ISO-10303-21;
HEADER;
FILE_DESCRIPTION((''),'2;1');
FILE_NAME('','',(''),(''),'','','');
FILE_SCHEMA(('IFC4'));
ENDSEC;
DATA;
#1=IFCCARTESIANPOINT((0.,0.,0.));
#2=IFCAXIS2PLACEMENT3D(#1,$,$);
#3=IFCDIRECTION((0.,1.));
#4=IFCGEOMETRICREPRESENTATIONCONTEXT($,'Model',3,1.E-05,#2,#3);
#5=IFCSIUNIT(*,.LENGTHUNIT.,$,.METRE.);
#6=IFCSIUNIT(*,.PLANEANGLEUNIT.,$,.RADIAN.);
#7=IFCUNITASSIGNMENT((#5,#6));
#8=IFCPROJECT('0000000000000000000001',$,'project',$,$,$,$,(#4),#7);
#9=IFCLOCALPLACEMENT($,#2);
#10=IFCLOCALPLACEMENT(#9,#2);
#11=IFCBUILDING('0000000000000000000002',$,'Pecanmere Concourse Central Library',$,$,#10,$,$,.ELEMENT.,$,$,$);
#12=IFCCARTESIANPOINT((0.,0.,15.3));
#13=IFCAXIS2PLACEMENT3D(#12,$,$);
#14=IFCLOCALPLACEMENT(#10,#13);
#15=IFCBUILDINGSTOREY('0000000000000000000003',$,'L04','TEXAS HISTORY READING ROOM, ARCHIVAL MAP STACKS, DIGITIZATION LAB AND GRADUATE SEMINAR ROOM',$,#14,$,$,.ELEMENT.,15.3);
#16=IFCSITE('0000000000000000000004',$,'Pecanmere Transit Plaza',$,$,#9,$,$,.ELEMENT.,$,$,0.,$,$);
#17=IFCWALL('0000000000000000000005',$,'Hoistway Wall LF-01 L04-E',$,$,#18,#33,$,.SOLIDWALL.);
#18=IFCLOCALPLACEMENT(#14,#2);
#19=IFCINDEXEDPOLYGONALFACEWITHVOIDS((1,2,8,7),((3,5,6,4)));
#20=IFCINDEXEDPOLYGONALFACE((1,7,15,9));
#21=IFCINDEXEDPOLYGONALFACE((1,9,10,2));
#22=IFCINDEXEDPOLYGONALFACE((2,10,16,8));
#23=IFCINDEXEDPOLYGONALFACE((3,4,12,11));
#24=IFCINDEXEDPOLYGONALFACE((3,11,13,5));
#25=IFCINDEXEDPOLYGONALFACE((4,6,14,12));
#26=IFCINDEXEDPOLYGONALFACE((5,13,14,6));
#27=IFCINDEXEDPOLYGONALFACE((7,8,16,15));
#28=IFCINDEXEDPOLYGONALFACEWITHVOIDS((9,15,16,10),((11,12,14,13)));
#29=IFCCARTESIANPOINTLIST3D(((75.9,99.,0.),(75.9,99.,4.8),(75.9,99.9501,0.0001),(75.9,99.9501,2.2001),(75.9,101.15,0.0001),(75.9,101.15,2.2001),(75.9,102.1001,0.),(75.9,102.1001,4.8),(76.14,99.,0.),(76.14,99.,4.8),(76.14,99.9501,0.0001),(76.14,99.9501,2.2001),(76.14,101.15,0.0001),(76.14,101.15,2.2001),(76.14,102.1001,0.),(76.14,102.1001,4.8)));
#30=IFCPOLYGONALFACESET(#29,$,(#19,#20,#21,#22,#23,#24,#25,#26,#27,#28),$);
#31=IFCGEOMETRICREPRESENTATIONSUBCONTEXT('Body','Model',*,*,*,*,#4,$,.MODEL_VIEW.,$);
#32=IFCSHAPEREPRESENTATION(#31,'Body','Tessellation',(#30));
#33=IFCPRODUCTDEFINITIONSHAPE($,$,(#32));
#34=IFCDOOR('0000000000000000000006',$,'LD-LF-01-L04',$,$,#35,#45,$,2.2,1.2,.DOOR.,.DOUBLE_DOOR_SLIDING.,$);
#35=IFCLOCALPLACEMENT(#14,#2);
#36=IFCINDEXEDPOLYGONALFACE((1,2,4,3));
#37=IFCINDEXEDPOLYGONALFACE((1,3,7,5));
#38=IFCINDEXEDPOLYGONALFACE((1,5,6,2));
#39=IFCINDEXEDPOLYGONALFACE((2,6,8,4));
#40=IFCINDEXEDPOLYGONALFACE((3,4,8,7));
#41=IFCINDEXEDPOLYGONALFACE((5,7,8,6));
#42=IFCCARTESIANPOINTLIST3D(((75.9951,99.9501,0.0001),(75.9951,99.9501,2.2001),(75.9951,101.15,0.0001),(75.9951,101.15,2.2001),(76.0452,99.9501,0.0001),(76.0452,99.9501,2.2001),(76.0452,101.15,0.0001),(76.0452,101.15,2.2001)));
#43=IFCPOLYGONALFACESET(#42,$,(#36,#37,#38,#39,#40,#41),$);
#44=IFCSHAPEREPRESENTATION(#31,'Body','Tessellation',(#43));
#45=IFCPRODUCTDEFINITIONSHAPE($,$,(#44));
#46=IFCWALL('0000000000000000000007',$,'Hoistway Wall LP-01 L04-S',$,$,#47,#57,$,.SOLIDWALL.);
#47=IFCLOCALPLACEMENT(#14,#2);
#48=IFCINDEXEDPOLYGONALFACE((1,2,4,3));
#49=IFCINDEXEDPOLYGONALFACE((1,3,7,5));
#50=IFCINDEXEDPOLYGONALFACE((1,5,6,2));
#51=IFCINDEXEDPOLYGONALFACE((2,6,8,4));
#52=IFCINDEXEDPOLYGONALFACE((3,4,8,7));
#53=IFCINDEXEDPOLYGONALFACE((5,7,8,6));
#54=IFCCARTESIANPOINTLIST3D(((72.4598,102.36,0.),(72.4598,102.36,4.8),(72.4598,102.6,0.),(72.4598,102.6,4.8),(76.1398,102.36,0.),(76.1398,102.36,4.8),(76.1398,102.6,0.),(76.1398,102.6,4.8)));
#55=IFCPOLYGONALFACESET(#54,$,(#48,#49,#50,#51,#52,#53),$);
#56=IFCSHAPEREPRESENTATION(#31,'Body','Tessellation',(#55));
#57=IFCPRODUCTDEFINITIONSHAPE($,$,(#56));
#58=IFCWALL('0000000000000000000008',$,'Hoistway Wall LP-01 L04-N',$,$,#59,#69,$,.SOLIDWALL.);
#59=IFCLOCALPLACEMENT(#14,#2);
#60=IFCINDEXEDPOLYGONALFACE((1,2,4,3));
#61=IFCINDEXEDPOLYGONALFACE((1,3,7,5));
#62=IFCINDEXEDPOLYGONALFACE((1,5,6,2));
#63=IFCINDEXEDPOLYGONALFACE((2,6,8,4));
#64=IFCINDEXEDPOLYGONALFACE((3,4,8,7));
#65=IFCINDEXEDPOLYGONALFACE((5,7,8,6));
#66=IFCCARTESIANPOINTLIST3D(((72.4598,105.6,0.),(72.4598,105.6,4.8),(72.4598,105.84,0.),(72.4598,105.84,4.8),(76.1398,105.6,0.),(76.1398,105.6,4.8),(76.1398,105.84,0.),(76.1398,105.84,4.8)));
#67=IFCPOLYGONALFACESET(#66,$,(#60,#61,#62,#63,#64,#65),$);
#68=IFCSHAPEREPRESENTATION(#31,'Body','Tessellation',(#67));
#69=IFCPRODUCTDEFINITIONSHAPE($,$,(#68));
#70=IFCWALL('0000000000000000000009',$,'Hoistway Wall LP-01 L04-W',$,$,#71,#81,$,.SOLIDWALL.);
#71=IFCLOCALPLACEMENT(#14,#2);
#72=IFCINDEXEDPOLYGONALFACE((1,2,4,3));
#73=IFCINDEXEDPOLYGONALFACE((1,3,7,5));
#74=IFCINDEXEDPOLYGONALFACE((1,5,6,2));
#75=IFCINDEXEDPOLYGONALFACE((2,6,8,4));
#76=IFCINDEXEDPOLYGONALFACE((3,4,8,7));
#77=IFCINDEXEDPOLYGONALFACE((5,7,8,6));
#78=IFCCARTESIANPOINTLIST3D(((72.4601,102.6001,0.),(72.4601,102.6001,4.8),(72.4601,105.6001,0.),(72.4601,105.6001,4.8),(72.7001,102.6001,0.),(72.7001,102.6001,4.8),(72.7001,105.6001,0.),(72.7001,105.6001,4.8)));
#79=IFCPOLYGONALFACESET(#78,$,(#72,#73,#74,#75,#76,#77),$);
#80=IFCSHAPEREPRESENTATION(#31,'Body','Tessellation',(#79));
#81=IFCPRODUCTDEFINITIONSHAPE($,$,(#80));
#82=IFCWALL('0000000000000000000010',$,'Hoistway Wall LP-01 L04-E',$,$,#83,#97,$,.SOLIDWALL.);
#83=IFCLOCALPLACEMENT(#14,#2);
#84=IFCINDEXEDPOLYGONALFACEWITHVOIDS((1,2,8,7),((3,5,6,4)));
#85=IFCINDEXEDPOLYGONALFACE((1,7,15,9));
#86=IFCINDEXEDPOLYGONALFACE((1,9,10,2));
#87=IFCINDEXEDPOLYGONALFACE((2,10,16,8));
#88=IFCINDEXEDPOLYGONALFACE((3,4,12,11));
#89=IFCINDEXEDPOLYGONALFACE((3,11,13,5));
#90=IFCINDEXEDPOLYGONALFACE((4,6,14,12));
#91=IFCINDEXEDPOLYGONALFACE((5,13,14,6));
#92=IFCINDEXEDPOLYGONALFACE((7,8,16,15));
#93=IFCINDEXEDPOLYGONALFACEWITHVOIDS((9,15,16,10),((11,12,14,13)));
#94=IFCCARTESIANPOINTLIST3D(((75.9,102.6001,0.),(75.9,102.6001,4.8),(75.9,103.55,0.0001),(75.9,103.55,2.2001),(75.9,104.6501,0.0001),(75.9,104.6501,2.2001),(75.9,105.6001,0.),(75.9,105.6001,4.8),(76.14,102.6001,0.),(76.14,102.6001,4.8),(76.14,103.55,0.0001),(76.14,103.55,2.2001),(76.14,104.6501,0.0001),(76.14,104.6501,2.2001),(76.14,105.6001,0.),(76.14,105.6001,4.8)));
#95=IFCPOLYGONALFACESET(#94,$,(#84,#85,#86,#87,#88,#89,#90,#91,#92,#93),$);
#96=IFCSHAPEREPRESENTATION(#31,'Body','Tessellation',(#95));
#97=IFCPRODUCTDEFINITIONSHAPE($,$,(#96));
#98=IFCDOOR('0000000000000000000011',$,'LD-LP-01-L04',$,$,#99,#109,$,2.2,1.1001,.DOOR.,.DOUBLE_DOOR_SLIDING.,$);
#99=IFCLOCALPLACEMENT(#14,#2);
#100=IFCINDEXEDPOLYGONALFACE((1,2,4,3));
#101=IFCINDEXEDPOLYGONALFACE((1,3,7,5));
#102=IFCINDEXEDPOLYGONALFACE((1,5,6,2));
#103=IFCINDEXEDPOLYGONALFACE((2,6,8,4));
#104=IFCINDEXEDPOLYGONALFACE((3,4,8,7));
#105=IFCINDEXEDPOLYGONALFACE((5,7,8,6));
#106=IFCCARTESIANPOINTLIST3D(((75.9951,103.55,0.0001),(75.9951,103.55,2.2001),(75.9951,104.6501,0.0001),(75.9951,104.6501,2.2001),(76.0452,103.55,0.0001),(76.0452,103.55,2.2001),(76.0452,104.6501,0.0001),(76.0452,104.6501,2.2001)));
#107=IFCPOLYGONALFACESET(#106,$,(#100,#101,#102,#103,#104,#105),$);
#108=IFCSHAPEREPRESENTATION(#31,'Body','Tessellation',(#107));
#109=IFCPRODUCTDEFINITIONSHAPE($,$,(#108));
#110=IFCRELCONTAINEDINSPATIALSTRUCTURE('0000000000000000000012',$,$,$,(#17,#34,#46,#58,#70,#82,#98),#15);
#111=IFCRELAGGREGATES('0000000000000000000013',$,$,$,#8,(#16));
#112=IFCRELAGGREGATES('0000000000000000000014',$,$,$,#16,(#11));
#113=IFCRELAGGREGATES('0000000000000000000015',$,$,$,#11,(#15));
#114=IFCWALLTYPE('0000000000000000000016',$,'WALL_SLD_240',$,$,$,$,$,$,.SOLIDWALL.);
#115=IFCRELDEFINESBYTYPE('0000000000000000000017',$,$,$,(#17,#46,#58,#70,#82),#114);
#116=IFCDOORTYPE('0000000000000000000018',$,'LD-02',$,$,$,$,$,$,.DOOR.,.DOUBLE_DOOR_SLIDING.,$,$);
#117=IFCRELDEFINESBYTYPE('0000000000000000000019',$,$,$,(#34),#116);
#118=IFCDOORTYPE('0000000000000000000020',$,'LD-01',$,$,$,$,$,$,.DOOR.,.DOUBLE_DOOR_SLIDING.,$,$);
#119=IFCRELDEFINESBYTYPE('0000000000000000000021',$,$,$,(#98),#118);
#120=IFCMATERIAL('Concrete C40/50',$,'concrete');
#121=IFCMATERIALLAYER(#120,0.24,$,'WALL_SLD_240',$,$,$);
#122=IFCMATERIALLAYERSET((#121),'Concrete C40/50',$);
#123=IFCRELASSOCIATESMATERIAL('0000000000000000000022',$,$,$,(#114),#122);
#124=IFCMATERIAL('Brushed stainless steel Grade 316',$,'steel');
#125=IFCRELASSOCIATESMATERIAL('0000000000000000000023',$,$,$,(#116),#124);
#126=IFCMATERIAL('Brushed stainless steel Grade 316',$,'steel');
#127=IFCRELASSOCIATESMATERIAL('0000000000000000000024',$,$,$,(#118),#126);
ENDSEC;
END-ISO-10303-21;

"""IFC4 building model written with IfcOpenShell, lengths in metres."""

from ifc_helpers import new_model, si_unit, direction, frame, frame_2d, origin, place, context, subcontext, project, spatial, rectangle, extrude, material, layer, layer_set, type_object, element, fill, save


model = new_model("IFC4")

# Units and contexts
model_context = context("Model", 3, precision=1e-05, world=origin(), true_north=direction((0.0, 1.0)))
body_context = subcontext(model_context, "Body", "Model", "MODEL_VIEW")
ifc_project = project(units=[si_unit("LENGTHUNIT", "METRE"), si_unit("PLANEANGLEUNIT", "RADIAN")], contexts=[model_context])

# Site, building, storey
site_placement = place(None, origin())
site = spatial("IfcSite", under=ifc_project, at=site_placement, Name="Pecanmere Transit Plaza", CompositionType="ELEMENT", RefElevation=0.0)
building_placement = place(site_placement, origin())
building = spatial("IfcBuilding", under=site, at=building_placement, Name="Pecanmere Concourse Central Library", CompositionType="ELEMENT")
storey_placement = place(building_placement, frame((0.0, 0.0, 15.3)))
storey = spatial("IfcBuildingStorey", under=building, at=storey_placement, Name="L04", Description="TEXAS HISTORY READING ROOM, ARCHIVAL MAP STACKS, DIGITIZATION LAB AND GRADUATE SEMINAR ROOM", CompositionType="ELEMENT", Elevation=15.3)

# Shared definitions
ifc_material_1 = material(Name="Concrete C40/50", Category="concrete")
ifc_layer_1 = layer(ifc_material_1, 0.24, Name="WALL_SLD_240")
ifc_layer_set_1 = layer_set([ifc_layer_1], Name="Concrete C40/50")
wall_type_1 = type_object("IfcWallType", Name="WALL_SLD_240", PredefinedType="SOLIDWALL", material=ifc_layer_set_1)

# Wall, opening, door
wall_1_placement = place(storey_placement, frame((76.02, 99.0, 0.0), z_axis=(0.0, 0.0, 1.0), x_axis=(0.0, 1.0, 0.0)))
wall_1 = element("IfcWall", 1, at=wall_1_placement, inside=storey, type_object=wall_type_1, Name="Hoistway Wall LF-01 L04-E", PredefinedType="SOLIDWALL", context=body_context, shape_type="SweptSolid", body=[
    extrude(rectangle(XDim=3.1001, YDim=0.24, at=frame_2d((1.55, 0.0))), origin(), (0.0, 0.0, 1.0), 4.8),
])
opening_1_placement = place(wall_1_placement, frame((0.95, 0.0, 0.0)))
opening_1 = element("IfcOpeningElement", 2, at=opening_1_placement, cuts=wall_1, PredefinedType="OPENING", context=body_context, shape_type="SweptSolid", body=[
    extrude(rectangle(XDim=1.2, YDim=2.2, at=frame_2d((0.6001, 1.1001))), frame((0.0, 0.1318, 0.0), z_axis=(0.0, -1.0, 0.0), x_axis=(1.0, 0.0, 0.0)), (0.0, 0.0, 1.0), 0.2639),
])
ifc_material_2 = material(Name="Brushed stainless steel Grade 316", Category="steel")
door_type_1 = type_object("IfcDoorType", Name="LD-02", OperationType="DOUBLE_DOOR_SLIDING", PredefinedType="DOOR", material=ifc_material_2)
door_1_placement = place(opening_1_placement, origin())
door_1 = element("IfcDoor", 3, at=door_1_placement, inside=storey, type_object=door_type_1, Name="LD-LF-01-L04", OperationType="DOUBLE_DOOR_SLIDING", OverallHeight=2.2, OverallWidth=1.2, PredefinedType="DOOR", context=body_context, shape_type="SweptSolid", body=[
    extrude(rectangle(XDim=1.2, YDim=2.2, at=frame_2d((0.6001, 1.1001))), frame((0.0, 0.0249, 0.0), z_axis=(0.0, -1.0, 0.0), x_axis=(1.0, 0.0, 0.0)), (0.0, 0.0, 1.0), 0.05),
])
fill(opening_1, door_1)

# Walls
for number, where, z_axis, x_axis, name in (
    (4, (72.46, 102.48, 0.0), (0.0, 0.0, 1.0), (1.0, 0.0, 0.0), "Hoistway Wall LP-01 L04-S"),
    (5, (72.46, 105.72, 0.0), (0.0, 0.0, 1.0), (1.0, 0.0, 0.0), "Hoistway Wall LP-01 L04-N"),
):
    element("IfcWall", number, at=place(storey_placement, frame(where, z_axis=z_axis, x_axis=x_axis)), inside=storey, type_object=wall_type_1, Name=name, PredefinedType="SOLIDWALL", context=body_context, shape_type="SweptSolid", body=[
        extrude(rectangle(XDim=3.6799, YDim=0.24, at=frame_2d((1.8398, 0.0))), origin(), (0.0, 0.0, 1.0), 4.8),
    ])
wall_2_placement = place(storey_placement, frame((72.5801, 102.6001, 0.0), z_axis=(0.0, 0.0, 1.0), x_axis=(0.0, 1.0, 0.0)))
element("IfcWall", 6, at=wall_2_placement, inside=storey, type_object=wall_type_1, Name="Hoistway Wall LP-01 L04-W", PredefinedType="SOLIDWALL", context=body_context, shape_type="SweptSolid", body=[
    extrude(rectangle(XDim=3.0, YDim=0.24, at=frame_2d((1.5, 0.0))), origin(), (0.0, 0.0, 1.0), 4.8),
])

# Wall, opening, door
wall_3_placement = place(storey_placement, frame((76.02, 102.6001, 0.0), z_axis=(0.0, 0.0, 1.0), x_axis=(0.0, 1.0, 0.0)))
wall_3 = element("IfcWall", 7, at=wall_3_placement, inside=storey, type_object=wall_type_1, Name="Hoistway Wall LP-01 L04-E", PredefinedType="SOLIDWALL", context=body_context, shape_type="SweptSolid", body=[
    extrude(rectangle(XDim=3.0, YDim=0.24, at=frame_2d((1.5, 0.0))), origin(), (0.0, 0.0, 1.0), 4.8),
])
opening_2_placement = place(wall_3_placement, frame((0.95, 0.0, 0.0)))
opening_2 = element("IfcOpeningElement", 8, at=opening_2_placement, cuts=wall_3, PredefinedType="OPENING", context=body_context, shape_type="SweptSolid", body=[
    extrude(rectangle(XDim=1.1001, YDim=2.2, at=frame_2d((0.55, 1.1001))), frame((0.0, 0.1318, 0.0), z_axis=(0.0, -1.0, 0.0), x_axis=(1.0, 0.0, 0.0)), (0.0, 0.0, 1.0), 0.2639),
])
ifc_material_3 = material(Name="Brushed stainless steel Grade 316", Category="steel")
door_type_2 = type_object("IfcDoorType", Name="LD-01", OperationType="DOUBLE_DOOR_SLIDING", PredefinedType="DOOR", material=ifc_material_3)
door_2_placement = place(opening_2_placement, origin())
door_2 = element("IfcDoor", 9, at=door_2_placement, inside=storey, type_object=door_type_2, Name="LD-LP-01-L04", OperationType="DOUBLE_DOOR_SLIDING", OverallHeight=2.2, OverallWidth=1.1001, PredefinedType="DOOR", context=body_context, shape_type="SweptSolid", body=[
    extrude(rectangle(XDim=1.1001, YDim=2.2, at=frame_2d((0.55, 1.1001))), frame((0.0, 0.0249, 0.0), z_axis=(0.0, -1.0, 0.0), x_axis=(1.0, 0.0, 0.0)), (0.0, 0.0, 1.0), 0.05),
])
fill(opening_2, door_2)

save(model, "model.ifc")
